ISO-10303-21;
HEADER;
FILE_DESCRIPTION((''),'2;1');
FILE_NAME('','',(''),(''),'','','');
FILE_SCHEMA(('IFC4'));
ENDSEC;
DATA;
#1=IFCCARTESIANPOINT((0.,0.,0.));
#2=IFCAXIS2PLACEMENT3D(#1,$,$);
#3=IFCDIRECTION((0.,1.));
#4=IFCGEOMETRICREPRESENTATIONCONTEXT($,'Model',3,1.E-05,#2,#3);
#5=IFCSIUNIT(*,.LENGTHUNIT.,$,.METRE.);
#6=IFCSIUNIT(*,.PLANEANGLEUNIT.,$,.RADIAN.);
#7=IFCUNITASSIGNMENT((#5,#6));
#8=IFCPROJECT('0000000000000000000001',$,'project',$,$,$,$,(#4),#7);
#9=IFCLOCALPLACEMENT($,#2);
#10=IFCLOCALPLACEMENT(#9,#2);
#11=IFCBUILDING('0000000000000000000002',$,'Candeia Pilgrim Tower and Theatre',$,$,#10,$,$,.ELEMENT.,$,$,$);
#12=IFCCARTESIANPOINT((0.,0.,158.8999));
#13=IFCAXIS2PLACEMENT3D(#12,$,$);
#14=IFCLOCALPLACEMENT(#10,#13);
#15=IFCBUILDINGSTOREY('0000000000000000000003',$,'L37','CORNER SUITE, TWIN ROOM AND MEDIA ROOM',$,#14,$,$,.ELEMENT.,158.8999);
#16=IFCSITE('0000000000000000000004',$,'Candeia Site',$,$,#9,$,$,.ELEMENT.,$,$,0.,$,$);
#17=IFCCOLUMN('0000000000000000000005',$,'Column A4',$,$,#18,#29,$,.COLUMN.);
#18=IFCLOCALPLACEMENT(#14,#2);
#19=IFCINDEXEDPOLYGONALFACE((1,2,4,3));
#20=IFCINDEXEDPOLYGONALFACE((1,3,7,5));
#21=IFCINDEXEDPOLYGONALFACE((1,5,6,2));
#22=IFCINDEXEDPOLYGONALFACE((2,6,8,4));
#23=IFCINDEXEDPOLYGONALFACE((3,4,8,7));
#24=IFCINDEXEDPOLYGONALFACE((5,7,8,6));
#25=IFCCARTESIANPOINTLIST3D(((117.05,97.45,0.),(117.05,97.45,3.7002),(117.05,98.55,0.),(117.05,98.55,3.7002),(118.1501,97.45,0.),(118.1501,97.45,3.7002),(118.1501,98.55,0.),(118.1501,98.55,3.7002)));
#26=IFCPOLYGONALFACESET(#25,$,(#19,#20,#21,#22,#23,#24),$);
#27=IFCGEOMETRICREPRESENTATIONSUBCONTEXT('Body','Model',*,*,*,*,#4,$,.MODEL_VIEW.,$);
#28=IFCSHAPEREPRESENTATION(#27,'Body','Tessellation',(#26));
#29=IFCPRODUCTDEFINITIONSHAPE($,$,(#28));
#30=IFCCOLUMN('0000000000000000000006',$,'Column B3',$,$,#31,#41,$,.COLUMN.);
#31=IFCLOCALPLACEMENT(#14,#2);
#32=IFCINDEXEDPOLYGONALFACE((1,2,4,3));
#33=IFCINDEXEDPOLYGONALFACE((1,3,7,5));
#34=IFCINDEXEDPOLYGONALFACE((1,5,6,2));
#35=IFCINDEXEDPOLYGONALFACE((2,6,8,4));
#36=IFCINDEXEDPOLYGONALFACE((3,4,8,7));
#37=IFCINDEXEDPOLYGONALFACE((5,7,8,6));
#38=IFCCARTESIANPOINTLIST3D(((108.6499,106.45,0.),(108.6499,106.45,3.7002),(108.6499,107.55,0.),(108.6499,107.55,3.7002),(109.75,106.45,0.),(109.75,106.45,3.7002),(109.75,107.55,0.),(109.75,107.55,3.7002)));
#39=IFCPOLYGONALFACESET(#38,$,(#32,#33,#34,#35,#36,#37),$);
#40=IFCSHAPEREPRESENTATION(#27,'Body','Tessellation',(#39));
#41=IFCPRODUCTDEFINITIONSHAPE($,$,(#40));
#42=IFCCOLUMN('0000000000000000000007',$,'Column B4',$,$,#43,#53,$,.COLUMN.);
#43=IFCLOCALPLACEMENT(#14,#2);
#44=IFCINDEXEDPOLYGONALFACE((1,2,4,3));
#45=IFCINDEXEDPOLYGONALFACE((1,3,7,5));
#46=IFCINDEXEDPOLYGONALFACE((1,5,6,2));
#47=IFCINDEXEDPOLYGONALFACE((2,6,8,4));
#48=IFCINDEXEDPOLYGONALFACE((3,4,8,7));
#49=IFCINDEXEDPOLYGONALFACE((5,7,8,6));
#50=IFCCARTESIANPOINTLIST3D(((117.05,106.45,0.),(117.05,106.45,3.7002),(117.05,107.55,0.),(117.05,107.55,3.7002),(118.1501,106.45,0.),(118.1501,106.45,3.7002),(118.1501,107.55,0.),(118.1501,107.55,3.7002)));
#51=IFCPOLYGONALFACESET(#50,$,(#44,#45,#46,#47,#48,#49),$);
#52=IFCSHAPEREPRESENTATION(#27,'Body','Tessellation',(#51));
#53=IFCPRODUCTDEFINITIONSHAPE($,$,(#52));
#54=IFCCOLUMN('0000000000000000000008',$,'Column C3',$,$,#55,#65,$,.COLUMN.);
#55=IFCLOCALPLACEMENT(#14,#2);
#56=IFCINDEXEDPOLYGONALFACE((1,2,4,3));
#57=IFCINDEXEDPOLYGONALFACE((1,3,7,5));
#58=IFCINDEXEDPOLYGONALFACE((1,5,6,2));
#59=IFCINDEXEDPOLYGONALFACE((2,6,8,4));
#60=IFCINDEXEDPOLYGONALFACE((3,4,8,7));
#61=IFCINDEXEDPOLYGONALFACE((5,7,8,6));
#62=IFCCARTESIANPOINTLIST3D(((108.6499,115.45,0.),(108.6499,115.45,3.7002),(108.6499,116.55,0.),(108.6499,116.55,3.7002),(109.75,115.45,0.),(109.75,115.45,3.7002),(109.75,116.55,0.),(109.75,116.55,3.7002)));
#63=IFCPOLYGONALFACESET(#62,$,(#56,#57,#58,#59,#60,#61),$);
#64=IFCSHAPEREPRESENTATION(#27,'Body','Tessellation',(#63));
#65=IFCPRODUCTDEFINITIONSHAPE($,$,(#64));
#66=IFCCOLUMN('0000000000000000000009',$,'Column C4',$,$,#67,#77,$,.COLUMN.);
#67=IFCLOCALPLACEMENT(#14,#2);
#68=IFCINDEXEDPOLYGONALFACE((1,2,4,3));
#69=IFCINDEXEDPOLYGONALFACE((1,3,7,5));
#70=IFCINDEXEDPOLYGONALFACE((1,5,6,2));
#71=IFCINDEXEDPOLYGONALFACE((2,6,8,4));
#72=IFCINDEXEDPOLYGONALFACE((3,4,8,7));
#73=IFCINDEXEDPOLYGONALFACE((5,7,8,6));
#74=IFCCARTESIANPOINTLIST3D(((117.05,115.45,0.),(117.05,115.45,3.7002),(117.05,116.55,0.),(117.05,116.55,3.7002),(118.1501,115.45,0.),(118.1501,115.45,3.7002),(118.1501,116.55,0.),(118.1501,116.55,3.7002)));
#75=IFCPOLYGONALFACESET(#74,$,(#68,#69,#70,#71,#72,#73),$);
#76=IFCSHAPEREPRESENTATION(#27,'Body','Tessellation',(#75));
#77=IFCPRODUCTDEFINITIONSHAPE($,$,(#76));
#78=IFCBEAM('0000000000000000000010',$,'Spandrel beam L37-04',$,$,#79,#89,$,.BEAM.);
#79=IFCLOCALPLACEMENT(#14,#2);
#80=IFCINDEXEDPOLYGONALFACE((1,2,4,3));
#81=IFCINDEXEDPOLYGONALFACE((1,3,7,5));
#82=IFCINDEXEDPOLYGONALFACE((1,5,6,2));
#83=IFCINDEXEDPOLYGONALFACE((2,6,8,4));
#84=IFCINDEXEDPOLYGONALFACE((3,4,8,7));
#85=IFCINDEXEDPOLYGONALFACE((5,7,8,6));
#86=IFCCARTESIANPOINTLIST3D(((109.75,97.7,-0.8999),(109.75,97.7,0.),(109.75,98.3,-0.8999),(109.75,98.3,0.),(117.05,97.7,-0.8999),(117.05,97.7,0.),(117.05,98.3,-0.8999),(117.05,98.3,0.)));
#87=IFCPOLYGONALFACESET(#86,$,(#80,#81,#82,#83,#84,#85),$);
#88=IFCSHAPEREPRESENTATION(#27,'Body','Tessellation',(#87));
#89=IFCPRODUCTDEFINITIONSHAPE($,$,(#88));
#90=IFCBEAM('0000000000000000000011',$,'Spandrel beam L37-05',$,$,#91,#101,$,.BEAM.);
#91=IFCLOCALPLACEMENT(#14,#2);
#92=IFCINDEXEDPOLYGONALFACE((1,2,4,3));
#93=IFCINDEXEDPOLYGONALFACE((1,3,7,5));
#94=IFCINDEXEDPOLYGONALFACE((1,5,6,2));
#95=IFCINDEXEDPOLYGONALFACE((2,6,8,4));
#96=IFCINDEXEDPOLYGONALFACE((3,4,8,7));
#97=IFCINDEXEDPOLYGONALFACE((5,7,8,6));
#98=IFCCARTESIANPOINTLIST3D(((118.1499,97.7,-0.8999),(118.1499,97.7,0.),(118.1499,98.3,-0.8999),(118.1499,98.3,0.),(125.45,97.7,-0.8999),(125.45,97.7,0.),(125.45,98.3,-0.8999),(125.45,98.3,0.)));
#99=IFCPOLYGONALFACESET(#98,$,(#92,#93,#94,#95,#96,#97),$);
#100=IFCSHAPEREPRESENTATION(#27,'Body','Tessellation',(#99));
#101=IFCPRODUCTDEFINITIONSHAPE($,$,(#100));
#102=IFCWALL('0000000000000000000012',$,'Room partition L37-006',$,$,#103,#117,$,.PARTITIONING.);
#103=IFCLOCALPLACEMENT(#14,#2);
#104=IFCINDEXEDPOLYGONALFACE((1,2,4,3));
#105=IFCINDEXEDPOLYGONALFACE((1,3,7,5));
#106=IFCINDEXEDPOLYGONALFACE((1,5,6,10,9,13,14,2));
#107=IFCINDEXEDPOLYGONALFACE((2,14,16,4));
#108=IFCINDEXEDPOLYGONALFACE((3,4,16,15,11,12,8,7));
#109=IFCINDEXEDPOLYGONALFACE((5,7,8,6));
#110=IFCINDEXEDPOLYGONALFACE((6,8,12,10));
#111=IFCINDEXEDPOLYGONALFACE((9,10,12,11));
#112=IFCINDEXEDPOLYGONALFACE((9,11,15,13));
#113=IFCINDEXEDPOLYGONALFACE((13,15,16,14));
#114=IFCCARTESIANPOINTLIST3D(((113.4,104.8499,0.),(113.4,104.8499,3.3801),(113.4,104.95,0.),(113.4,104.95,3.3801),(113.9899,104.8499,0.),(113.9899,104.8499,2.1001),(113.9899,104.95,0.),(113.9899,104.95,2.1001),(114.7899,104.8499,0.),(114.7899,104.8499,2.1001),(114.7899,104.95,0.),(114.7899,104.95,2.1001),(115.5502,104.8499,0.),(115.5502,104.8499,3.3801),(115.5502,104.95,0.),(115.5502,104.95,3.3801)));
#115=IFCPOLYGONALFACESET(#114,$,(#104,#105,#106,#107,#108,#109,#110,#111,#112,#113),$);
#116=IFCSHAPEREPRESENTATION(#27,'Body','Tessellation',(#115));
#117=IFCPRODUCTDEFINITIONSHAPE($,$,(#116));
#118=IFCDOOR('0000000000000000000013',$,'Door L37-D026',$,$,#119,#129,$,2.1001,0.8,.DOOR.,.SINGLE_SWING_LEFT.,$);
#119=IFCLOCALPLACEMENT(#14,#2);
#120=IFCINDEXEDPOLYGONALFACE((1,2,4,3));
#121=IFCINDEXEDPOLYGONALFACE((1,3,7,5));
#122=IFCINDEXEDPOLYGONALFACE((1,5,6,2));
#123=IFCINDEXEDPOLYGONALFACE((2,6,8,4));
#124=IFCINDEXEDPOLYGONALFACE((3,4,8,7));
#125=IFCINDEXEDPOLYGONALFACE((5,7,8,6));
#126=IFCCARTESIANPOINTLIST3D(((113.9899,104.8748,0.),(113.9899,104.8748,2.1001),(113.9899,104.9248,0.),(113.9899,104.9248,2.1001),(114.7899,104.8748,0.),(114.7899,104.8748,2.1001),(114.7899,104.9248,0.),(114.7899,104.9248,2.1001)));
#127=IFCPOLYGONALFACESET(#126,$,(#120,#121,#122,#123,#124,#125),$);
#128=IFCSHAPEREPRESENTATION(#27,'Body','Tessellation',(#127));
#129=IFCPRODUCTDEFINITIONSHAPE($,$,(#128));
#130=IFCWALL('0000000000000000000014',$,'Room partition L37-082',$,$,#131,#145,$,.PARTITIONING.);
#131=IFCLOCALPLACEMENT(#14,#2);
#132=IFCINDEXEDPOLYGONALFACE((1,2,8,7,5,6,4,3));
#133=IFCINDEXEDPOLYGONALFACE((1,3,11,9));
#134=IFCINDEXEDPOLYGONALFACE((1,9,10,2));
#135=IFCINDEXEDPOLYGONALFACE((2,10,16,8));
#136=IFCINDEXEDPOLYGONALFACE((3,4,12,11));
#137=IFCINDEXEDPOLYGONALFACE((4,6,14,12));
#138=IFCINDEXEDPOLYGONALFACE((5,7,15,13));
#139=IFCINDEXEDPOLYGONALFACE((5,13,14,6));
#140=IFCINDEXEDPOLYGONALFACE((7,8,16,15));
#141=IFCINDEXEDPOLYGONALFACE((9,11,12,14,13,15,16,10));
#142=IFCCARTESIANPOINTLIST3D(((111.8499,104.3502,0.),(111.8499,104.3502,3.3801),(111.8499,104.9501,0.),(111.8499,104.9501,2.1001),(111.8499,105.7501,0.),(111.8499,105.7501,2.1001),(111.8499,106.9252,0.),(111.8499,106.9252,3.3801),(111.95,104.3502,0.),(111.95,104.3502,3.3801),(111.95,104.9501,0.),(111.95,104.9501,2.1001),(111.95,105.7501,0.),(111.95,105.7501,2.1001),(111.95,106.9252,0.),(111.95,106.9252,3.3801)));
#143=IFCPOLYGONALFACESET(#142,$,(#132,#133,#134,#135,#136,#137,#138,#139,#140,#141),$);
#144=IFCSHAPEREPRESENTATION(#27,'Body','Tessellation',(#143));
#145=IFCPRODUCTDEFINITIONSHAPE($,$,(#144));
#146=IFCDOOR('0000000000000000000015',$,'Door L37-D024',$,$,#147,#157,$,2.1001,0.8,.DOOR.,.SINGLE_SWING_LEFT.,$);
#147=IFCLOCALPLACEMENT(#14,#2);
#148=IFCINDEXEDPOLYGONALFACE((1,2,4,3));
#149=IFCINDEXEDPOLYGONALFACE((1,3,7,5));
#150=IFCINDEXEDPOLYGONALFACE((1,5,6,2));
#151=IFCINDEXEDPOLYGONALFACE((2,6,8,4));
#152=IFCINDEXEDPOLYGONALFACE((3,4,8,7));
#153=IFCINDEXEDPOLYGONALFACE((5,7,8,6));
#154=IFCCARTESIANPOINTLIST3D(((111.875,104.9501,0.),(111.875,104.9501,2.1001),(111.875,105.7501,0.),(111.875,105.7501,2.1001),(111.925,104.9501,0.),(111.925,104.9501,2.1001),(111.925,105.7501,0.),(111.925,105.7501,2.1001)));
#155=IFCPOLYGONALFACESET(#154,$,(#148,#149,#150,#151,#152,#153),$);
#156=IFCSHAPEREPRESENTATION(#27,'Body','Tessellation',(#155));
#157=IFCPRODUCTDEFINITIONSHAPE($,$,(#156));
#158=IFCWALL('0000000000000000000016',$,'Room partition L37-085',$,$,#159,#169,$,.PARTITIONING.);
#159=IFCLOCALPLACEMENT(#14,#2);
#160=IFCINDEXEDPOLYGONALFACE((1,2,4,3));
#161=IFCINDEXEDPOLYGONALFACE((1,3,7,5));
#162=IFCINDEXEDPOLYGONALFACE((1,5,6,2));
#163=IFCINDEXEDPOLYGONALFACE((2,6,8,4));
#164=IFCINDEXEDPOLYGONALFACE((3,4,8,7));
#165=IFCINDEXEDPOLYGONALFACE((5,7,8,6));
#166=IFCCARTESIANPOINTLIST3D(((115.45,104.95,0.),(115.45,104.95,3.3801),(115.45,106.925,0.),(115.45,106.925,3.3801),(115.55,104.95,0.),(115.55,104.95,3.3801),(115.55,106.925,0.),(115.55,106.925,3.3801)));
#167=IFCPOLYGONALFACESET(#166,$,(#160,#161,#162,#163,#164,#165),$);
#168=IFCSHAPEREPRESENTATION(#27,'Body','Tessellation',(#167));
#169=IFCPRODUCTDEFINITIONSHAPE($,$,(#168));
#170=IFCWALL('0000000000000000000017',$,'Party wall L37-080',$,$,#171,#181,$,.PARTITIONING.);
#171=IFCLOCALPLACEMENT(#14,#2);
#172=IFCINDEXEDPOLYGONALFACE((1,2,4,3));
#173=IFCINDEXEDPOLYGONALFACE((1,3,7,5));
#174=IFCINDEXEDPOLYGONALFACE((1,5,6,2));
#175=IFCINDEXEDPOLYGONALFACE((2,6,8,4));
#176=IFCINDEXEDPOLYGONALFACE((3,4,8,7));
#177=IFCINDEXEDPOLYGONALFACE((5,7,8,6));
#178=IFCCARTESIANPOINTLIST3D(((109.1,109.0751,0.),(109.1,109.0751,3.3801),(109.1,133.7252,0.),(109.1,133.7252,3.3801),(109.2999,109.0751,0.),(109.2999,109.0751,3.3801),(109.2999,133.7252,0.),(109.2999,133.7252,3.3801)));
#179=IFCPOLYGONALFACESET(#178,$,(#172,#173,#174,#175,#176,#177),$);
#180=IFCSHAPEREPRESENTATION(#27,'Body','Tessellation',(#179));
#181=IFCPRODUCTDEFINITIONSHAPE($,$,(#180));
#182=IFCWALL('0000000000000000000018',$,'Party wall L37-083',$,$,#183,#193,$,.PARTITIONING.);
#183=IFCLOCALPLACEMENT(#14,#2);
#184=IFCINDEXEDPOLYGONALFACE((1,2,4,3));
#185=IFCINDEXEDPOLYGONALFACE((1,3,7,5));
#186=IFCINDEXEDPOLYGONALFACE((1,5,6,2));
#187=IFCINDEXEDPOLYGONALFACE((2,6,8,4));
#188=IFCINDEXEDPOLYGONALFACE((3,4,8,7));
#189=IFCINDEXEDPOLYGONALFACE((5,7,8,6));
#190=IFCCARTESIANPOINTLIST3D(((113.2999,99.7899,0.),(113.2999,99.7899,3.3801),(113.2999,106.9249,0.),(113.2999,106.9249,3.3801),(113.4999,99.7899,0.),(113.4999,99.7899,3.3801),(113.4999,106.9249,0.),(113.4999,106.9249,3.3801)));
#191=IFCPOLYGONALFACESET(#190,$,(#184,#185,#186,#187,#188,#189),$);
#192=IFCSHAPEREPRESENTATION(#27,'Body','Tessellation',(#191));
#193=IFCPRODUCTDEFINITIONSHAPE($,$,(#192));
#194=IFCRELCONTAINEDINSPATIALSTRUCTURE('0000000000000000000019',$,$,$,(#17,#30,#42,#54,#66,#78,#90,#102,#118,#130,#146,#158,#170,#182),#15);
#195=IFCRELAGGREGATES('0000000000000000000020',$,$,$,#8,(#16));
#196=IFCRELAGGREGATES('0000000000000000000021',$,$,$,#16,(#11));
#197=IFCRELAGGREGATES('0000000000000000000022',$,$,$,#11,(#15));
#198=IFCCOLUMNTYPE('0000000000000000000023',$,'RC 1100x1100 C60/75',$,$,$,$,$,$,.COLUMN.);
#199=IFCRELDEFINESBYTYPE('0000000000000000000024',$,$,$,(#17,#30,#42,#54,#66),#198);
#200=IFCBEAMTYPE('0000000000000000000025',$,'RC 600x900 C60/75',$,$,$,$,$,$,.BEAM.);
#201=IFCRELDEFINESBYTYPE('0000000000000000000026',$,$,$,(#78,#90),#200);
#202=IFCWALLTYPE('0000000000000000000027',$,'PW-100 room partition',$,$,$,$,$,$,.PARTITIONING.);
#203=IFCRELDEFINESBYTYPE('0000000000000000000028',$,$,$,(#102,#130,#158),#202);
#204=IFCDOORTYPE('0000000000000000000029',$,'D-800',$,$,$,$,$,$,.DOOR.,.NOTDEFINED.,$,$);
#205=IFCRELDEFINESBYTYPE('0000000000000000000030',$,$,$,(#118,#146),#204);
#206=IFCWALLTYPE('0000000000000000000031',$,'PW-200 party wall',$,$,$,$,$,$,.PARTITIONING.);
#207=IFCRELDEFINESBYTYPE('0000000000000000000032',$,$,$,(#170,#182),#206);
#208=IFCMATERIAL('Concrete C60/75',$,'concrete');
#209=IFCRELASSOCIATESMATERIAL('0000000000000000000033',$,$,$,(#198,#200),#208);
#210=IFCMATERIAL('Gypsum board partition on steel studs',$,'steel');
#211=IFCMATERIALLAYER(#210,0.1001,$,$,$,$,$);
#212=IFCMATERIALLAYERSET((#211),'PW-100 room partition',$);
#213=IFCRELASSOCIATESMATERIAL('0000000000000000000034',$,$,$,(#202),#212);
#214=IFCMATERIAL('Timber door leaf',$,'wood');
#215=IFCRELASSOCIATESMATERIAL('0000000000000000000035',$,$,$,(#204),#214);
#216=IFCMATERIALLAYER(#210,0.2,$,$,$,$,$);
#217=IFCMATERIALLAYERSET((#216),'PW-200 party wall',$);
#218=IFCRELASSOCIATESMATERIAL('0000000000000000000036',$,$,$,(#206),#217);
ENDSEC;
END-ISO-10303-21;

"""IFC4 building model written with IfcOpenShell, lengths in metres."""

from ifc_helpers import new_model, si_unit, direction, frame, frame_2d, origin, origin_2d, place, context, subcontext, project, spatial, rectangle, extrude, material, layer, layer_set, material_profile, profile_set, type_object, element, fill, save


model = new_model("IFC4")

# Units and contexts
model_context = context("Model", 3, precision=1e-05, world=origin(), true_north=direction((0.0, 1.0)))
body_context = subcontext(model_context, "Body", "Model", "MODEL_VIEW")
ifc_project = project(units=[si_unit("LENGTHUNIT", "METRE"), si_unit("PLANEANGLEUNIT", "RADIAN")], contexts=[model_context])

# Site, building, storey
site_placement = place(None, origin())
site = spatial("IfcSite", under=ifc_project, at=site_placement, Name="Candeia Site", CompositionType="ELEMENT", RefElevation=0.0)
building_placement = place(site_placement, origin())
building = spatial("IfcBuilding", under=site, at=building_placement, Name="Candeia Pilgrim Tower and Theatre", CompositionType="ELEMENT")
storey_placement = place(building_placement, frame((0.0, 0.0, 158.8999)))
storey = spatial("IfcBuildingStorey", under=building, at=storey_placement, Name="L37", Description="CORNER SUITE, TWIN ROOM AND MEDIA ROOM", CompositionType="ELEMENT", Elevation=158.8999)

# Columns
ifc_material_1 = material(Name="Concrete C60/75", Category="concrete")
ifc_material_profile_1 = material_profile(ifc_material_1, rectangle(XDim=1.1001, YDim=1.1001, at=origin_2d()))
ifc_profile_set_1 = profile_set([ifc_material_profile_1], Name="Concrete C60/75")
column_type = type_object("IfcColumnType", Name="RC 1100x1100 C60/75", PredefinedType="COLUMN", material=ifc_profile_set_1)
for number, where, z_axis, x_axis, name in (
    (1, (117.6001, 98.0, 0.0), (0.0, 0.0, 1.0), (1.0, 0.0, 0.0), "Column A4"),
    (2, (109.2, 107.0, 0.0), (0.0, 0.0, 1.0), (1.0, 0.0, 0.0), "Column B3"),
    (3, (117.6001, 107.0, 0.0), (0.0, 0.0, 1.0), (1.0, 0.0, 0.0), "Column B4"),
    (4, (109.2, 116.0, 0.0), (0.0, 0.0, 1.0), (1.0, 0.0, 0.0), "Column C3"),
    (5, (117.6001, 116.0, 0.0), (0.0, 0.0, 1.0), (1.0, 0.0, 0.0), "Column C4"),
):
    element("IfcColumn", number, at=place(storey_placement, frame(where, z_axis=z_axis, x_axis=x_axis)), inside=storey, type_object=column_type, Name=name, PredefinedType="COLUMN", context=body_context, shape_type="SweptSolid", body=[
        extrude(rectangle(XDim=1.1001, YDim=1.1001, at=origin_2d()), origin(), (0.0, 0.0, 1.0), 3.7002),
    ])

# Beams
ifc_material_profile_2 = material_profile(ifc_material_1, rectangle(XDim=0.6001, YDim=0.8999, at=origin_2d()))
ifc_profile_set_2 = profile_set([ifc_material_profile_2], Name="Concrete C60/75")
beam_type = type_object("IfcBeamType", Name="RC 600x900 C60/75", PredefinedType="BEAM", material=ifc_profile_set_2)
for number, where, z_axis, x_axis, name in (
    (6, (109.75, 98.0, -0.45), (1.0, 0.0, 0.0), (0.0, 1.0, 0.0), "Spandrel beam L37-04"),
    (7, (118.1499, 98.0, -0.45), (1.0, 0.0, 0.0), (0.0, 1.0, 0.0), "Spandrel beam L37-05"),
):
    element("IfcBeam", number, at=place(storey_placement, frame(where, z_axis=z_axis, x_axis=x_axis)), inside=storey, type_object=beam_type, Name=name, PredefinedType="BEAM", context=body_context, shape_type="SweptSolid", body=[
        extrude(rectangle(XDim=0.6001, YDim=0.8999, at=origin_2d()), origin(), (0.0, 0.0, 1.0), 7.3),
    ])

# Walls, openings, doors
ifc_material_2 = material(Name="Gypsum board partition on steel studs", Category="steel")
ifc_layer_1 = layer(ifc_material_2, 0.1001)
ifc_layer_set_1 = layer_set([ifc_layer_1], Name="PW-100 room partition")
wall_type_1 = type_object("IfcWallType", Name="PW-100 room partition", PredefinedType="PARTITIONING", material=ifc_layer_set_1)
wall_1_placement = place(storey_placement, frame((113.3999, 104.8999, 0.0), z_axis=(0.0, 0.0, 1.0), x_axis=(1.0, 0.0, 0.0)))
wall_1 = element("IfcWall", 8, at=wall_1_placement, inside=storey, type_object=wall_type_1, Name="Room partition L37-006", PredefinedType="PARTITIONING", context=body_context, shape_type="SweptSolid", body=[
    extrude(rectangle(XDim=2.1501, YDim=0.1001, at=frame_2d((1.0752, 0.0))), origin(), (0.0, 0.0, 1.0), 3.3801),
])
opening_1_placement = place(wall_1_placement, frame((0.5901, 0.0, 0.0)))
opening_1 = element("IfcOpeningElement", 9, at=opening_1_placement, cuts=wall_1, PredefinedType="OPENING", context=body_context, shape_type="SweptSolid", body=[
    extrude(rectangle(XDim=0.8, YDim=2.1001, at=frame_2d((0.3999, 1.05))), frame((0.0, 0.0601, 0.0), z_axis=(0.0, -1.0, 0.0), x_axis=(1.0, 0.0, 0.0)), (0.0, 0.0, 1.0), 0.1201),
])
ifc_material_3 = material(Name="Timber door leaf", Category="wood")
door_type = type_object("IfcDoorType", Name="D-800", OperationType="NOTDEFINED", PredefinedType="DOOR", material=ifc_material_3)
door_1_placement = place(opening_1_placement, origin())
door_1 = element("IfcDoor", 10, at=door_1_placement, inside=storey, type_object=door_type, Name="Door L37-D026", OperationType="SINGLE_SWING_LEFT", OverallHeight=2.1001, OverallWidth=0.8, PredefinedType="DOOR", context=body_context, shape_type="SweptSolid", body=[
    extrude(rectangle(XDim=0.8, YDim=2.1001, at=frame_2d((0.3999, 1.05))), frame((0.0, 0.0249, 0.0), z_axis=(0.0, -1.0, 0.0), x_axis=(1.0, 0.0, 0.0)), (0.0, 0.0, 1.0), 0.05),
])
fill(opening_1, door_1)
wall_2_placement = place(storey_placement, frame((111.8999, 104.3501, 0.0), z_axis=(0.0, 0.0, 1.0), x_axis=(0.0, 1.0, 0.0)))
wall_2 = element("IfcWall", 11, at=wall_2_placement, inside=storey, type_object=wall_type_1, Name="Room partition L37-082", PredefinedType="PARTITIONING", context=body_context, shape_type="SweptSolid", body=[
    extrude(rectangle(XDim=2.575, YDim=0.1001, at=frame_2d((1.2876, 0.0))), origin(), (0.0, 0.0, 1.0), 3.3801),
])
opening_2_placement = place(wall_2_placement, frame((0.6001, 0.0, 0.0)))
opening_2 = element("IfcOpeningElement", 12, at=opening_2_placement, cuts=wall_2, PredefinedType="OPENING", context=body_context, shape_type="SweptSolid", body=[
    extrude(rectangle(XDim=0.8, YDim=2.1001, at=frame_2d((0.3999, 1.05))), frame((0.0, 0.0601, 0.0), z_axis=(0.0, -1.0, 0.0), x_axis=(1.0, 0.0, 0.0)), (0.0, 0.0, 1.0), 0.1201),
])
door_2_placement = place(opening_2_placement, origin())
door_2 = element("IfcDoor", 13, at=door_2_placement, inside=storey, type_object=door_type, Name="Door L37-D024", OperationType="SINGLE_SWING_LEFT", OverallHeight=2.1001, OverallWidth=0.8, PredefinedType="DOOR", context=body_context, shape_type="SweptSolid", body=[
    extrude(rectangle(XDim=0.8, YDim=2.1001, at=frame_2d((0.3999, 1.05))), frame((0.0, 0.0249, 0.0), z_axis=(0.0, -1.0, 0.0), x_axis=(1.0, 0.0, 0.0)), (0.0, 0.0, 1.0), 0.05),
])
fill(opening_2, door_2)

# Walls
wall_3_placement = place(storey_placement, frame((115.5, 104.95, 0.0), z_axis=(0.0, 0.0, 1.0), x_axis=(0.0, 1.0, 0.0)))
element("IfcWall", 14, at=wall_3_placement, inside=storey, type_object=wall_type_1, Name="Room partition L37-085", PredefinedType="PARTITIONING", context=body_context, shape_type="SweptSolid", body=[
    extrude(rectangle(XDim=1.9751, YDim=0.1001, at=frame_2d((0.9875, 0.0))), origin(), (0.0, 0.0, 1.0), 3.3801),
])
ifc_layer_2 = layer(ifc_material_2, 0.2)
ifc_layer_set_2 = layer_set([ifc_layer_2], Name="PW-200 party wall")
wall_type_2 = type_object("IfcWallType", Name="PW-200 party wall", PredefinedType="PARTITIONING", material=ifc_layer_set_2)
wall_4_placement = place(storey_placement, frame((109.2, 109.075, 0.0), z_axis=(0.0, 0.0, 1.0), x_axis=(0.0, 1.0, 0.0)))
element("IfcWall", 15, at=wall_4_placement, inside=storey, type_object=wall_type_2, Name="Party wall L37-080", PredefinedType="PARTITIONING", context=body_context, shape_type="SweptSolid", body=[
    extrude(rectangle(XDim=24.6501, YDim=0.2, at=frame_2d((12.3252, 0.0))), origin(), (0.0, 0.0, 1.0), 3.3801),
])
wall_5_placement = place(storey_placement, frame((113.3999, 99.79, 0.0), z_axis=(0.0, 0.0, 1.0), x_axis=(0.0, 1.0, 0.0)))
element("IfcWall", 16, at=wall_5_placement, inside=storey, type_object=wall_type_2, Name="Party wall L37-083", PredefinedType="PARTITIONING", context=body_context, shape_type="SweptSolid", body=[
    extrude(rectangle(XDim=7.135, YDim=0.2, at=frame_2d((3.5674, 0.0))), origin(), (0.0, 0.0, 1.0), 3.3801),
])

save(model, "model.ifc")
